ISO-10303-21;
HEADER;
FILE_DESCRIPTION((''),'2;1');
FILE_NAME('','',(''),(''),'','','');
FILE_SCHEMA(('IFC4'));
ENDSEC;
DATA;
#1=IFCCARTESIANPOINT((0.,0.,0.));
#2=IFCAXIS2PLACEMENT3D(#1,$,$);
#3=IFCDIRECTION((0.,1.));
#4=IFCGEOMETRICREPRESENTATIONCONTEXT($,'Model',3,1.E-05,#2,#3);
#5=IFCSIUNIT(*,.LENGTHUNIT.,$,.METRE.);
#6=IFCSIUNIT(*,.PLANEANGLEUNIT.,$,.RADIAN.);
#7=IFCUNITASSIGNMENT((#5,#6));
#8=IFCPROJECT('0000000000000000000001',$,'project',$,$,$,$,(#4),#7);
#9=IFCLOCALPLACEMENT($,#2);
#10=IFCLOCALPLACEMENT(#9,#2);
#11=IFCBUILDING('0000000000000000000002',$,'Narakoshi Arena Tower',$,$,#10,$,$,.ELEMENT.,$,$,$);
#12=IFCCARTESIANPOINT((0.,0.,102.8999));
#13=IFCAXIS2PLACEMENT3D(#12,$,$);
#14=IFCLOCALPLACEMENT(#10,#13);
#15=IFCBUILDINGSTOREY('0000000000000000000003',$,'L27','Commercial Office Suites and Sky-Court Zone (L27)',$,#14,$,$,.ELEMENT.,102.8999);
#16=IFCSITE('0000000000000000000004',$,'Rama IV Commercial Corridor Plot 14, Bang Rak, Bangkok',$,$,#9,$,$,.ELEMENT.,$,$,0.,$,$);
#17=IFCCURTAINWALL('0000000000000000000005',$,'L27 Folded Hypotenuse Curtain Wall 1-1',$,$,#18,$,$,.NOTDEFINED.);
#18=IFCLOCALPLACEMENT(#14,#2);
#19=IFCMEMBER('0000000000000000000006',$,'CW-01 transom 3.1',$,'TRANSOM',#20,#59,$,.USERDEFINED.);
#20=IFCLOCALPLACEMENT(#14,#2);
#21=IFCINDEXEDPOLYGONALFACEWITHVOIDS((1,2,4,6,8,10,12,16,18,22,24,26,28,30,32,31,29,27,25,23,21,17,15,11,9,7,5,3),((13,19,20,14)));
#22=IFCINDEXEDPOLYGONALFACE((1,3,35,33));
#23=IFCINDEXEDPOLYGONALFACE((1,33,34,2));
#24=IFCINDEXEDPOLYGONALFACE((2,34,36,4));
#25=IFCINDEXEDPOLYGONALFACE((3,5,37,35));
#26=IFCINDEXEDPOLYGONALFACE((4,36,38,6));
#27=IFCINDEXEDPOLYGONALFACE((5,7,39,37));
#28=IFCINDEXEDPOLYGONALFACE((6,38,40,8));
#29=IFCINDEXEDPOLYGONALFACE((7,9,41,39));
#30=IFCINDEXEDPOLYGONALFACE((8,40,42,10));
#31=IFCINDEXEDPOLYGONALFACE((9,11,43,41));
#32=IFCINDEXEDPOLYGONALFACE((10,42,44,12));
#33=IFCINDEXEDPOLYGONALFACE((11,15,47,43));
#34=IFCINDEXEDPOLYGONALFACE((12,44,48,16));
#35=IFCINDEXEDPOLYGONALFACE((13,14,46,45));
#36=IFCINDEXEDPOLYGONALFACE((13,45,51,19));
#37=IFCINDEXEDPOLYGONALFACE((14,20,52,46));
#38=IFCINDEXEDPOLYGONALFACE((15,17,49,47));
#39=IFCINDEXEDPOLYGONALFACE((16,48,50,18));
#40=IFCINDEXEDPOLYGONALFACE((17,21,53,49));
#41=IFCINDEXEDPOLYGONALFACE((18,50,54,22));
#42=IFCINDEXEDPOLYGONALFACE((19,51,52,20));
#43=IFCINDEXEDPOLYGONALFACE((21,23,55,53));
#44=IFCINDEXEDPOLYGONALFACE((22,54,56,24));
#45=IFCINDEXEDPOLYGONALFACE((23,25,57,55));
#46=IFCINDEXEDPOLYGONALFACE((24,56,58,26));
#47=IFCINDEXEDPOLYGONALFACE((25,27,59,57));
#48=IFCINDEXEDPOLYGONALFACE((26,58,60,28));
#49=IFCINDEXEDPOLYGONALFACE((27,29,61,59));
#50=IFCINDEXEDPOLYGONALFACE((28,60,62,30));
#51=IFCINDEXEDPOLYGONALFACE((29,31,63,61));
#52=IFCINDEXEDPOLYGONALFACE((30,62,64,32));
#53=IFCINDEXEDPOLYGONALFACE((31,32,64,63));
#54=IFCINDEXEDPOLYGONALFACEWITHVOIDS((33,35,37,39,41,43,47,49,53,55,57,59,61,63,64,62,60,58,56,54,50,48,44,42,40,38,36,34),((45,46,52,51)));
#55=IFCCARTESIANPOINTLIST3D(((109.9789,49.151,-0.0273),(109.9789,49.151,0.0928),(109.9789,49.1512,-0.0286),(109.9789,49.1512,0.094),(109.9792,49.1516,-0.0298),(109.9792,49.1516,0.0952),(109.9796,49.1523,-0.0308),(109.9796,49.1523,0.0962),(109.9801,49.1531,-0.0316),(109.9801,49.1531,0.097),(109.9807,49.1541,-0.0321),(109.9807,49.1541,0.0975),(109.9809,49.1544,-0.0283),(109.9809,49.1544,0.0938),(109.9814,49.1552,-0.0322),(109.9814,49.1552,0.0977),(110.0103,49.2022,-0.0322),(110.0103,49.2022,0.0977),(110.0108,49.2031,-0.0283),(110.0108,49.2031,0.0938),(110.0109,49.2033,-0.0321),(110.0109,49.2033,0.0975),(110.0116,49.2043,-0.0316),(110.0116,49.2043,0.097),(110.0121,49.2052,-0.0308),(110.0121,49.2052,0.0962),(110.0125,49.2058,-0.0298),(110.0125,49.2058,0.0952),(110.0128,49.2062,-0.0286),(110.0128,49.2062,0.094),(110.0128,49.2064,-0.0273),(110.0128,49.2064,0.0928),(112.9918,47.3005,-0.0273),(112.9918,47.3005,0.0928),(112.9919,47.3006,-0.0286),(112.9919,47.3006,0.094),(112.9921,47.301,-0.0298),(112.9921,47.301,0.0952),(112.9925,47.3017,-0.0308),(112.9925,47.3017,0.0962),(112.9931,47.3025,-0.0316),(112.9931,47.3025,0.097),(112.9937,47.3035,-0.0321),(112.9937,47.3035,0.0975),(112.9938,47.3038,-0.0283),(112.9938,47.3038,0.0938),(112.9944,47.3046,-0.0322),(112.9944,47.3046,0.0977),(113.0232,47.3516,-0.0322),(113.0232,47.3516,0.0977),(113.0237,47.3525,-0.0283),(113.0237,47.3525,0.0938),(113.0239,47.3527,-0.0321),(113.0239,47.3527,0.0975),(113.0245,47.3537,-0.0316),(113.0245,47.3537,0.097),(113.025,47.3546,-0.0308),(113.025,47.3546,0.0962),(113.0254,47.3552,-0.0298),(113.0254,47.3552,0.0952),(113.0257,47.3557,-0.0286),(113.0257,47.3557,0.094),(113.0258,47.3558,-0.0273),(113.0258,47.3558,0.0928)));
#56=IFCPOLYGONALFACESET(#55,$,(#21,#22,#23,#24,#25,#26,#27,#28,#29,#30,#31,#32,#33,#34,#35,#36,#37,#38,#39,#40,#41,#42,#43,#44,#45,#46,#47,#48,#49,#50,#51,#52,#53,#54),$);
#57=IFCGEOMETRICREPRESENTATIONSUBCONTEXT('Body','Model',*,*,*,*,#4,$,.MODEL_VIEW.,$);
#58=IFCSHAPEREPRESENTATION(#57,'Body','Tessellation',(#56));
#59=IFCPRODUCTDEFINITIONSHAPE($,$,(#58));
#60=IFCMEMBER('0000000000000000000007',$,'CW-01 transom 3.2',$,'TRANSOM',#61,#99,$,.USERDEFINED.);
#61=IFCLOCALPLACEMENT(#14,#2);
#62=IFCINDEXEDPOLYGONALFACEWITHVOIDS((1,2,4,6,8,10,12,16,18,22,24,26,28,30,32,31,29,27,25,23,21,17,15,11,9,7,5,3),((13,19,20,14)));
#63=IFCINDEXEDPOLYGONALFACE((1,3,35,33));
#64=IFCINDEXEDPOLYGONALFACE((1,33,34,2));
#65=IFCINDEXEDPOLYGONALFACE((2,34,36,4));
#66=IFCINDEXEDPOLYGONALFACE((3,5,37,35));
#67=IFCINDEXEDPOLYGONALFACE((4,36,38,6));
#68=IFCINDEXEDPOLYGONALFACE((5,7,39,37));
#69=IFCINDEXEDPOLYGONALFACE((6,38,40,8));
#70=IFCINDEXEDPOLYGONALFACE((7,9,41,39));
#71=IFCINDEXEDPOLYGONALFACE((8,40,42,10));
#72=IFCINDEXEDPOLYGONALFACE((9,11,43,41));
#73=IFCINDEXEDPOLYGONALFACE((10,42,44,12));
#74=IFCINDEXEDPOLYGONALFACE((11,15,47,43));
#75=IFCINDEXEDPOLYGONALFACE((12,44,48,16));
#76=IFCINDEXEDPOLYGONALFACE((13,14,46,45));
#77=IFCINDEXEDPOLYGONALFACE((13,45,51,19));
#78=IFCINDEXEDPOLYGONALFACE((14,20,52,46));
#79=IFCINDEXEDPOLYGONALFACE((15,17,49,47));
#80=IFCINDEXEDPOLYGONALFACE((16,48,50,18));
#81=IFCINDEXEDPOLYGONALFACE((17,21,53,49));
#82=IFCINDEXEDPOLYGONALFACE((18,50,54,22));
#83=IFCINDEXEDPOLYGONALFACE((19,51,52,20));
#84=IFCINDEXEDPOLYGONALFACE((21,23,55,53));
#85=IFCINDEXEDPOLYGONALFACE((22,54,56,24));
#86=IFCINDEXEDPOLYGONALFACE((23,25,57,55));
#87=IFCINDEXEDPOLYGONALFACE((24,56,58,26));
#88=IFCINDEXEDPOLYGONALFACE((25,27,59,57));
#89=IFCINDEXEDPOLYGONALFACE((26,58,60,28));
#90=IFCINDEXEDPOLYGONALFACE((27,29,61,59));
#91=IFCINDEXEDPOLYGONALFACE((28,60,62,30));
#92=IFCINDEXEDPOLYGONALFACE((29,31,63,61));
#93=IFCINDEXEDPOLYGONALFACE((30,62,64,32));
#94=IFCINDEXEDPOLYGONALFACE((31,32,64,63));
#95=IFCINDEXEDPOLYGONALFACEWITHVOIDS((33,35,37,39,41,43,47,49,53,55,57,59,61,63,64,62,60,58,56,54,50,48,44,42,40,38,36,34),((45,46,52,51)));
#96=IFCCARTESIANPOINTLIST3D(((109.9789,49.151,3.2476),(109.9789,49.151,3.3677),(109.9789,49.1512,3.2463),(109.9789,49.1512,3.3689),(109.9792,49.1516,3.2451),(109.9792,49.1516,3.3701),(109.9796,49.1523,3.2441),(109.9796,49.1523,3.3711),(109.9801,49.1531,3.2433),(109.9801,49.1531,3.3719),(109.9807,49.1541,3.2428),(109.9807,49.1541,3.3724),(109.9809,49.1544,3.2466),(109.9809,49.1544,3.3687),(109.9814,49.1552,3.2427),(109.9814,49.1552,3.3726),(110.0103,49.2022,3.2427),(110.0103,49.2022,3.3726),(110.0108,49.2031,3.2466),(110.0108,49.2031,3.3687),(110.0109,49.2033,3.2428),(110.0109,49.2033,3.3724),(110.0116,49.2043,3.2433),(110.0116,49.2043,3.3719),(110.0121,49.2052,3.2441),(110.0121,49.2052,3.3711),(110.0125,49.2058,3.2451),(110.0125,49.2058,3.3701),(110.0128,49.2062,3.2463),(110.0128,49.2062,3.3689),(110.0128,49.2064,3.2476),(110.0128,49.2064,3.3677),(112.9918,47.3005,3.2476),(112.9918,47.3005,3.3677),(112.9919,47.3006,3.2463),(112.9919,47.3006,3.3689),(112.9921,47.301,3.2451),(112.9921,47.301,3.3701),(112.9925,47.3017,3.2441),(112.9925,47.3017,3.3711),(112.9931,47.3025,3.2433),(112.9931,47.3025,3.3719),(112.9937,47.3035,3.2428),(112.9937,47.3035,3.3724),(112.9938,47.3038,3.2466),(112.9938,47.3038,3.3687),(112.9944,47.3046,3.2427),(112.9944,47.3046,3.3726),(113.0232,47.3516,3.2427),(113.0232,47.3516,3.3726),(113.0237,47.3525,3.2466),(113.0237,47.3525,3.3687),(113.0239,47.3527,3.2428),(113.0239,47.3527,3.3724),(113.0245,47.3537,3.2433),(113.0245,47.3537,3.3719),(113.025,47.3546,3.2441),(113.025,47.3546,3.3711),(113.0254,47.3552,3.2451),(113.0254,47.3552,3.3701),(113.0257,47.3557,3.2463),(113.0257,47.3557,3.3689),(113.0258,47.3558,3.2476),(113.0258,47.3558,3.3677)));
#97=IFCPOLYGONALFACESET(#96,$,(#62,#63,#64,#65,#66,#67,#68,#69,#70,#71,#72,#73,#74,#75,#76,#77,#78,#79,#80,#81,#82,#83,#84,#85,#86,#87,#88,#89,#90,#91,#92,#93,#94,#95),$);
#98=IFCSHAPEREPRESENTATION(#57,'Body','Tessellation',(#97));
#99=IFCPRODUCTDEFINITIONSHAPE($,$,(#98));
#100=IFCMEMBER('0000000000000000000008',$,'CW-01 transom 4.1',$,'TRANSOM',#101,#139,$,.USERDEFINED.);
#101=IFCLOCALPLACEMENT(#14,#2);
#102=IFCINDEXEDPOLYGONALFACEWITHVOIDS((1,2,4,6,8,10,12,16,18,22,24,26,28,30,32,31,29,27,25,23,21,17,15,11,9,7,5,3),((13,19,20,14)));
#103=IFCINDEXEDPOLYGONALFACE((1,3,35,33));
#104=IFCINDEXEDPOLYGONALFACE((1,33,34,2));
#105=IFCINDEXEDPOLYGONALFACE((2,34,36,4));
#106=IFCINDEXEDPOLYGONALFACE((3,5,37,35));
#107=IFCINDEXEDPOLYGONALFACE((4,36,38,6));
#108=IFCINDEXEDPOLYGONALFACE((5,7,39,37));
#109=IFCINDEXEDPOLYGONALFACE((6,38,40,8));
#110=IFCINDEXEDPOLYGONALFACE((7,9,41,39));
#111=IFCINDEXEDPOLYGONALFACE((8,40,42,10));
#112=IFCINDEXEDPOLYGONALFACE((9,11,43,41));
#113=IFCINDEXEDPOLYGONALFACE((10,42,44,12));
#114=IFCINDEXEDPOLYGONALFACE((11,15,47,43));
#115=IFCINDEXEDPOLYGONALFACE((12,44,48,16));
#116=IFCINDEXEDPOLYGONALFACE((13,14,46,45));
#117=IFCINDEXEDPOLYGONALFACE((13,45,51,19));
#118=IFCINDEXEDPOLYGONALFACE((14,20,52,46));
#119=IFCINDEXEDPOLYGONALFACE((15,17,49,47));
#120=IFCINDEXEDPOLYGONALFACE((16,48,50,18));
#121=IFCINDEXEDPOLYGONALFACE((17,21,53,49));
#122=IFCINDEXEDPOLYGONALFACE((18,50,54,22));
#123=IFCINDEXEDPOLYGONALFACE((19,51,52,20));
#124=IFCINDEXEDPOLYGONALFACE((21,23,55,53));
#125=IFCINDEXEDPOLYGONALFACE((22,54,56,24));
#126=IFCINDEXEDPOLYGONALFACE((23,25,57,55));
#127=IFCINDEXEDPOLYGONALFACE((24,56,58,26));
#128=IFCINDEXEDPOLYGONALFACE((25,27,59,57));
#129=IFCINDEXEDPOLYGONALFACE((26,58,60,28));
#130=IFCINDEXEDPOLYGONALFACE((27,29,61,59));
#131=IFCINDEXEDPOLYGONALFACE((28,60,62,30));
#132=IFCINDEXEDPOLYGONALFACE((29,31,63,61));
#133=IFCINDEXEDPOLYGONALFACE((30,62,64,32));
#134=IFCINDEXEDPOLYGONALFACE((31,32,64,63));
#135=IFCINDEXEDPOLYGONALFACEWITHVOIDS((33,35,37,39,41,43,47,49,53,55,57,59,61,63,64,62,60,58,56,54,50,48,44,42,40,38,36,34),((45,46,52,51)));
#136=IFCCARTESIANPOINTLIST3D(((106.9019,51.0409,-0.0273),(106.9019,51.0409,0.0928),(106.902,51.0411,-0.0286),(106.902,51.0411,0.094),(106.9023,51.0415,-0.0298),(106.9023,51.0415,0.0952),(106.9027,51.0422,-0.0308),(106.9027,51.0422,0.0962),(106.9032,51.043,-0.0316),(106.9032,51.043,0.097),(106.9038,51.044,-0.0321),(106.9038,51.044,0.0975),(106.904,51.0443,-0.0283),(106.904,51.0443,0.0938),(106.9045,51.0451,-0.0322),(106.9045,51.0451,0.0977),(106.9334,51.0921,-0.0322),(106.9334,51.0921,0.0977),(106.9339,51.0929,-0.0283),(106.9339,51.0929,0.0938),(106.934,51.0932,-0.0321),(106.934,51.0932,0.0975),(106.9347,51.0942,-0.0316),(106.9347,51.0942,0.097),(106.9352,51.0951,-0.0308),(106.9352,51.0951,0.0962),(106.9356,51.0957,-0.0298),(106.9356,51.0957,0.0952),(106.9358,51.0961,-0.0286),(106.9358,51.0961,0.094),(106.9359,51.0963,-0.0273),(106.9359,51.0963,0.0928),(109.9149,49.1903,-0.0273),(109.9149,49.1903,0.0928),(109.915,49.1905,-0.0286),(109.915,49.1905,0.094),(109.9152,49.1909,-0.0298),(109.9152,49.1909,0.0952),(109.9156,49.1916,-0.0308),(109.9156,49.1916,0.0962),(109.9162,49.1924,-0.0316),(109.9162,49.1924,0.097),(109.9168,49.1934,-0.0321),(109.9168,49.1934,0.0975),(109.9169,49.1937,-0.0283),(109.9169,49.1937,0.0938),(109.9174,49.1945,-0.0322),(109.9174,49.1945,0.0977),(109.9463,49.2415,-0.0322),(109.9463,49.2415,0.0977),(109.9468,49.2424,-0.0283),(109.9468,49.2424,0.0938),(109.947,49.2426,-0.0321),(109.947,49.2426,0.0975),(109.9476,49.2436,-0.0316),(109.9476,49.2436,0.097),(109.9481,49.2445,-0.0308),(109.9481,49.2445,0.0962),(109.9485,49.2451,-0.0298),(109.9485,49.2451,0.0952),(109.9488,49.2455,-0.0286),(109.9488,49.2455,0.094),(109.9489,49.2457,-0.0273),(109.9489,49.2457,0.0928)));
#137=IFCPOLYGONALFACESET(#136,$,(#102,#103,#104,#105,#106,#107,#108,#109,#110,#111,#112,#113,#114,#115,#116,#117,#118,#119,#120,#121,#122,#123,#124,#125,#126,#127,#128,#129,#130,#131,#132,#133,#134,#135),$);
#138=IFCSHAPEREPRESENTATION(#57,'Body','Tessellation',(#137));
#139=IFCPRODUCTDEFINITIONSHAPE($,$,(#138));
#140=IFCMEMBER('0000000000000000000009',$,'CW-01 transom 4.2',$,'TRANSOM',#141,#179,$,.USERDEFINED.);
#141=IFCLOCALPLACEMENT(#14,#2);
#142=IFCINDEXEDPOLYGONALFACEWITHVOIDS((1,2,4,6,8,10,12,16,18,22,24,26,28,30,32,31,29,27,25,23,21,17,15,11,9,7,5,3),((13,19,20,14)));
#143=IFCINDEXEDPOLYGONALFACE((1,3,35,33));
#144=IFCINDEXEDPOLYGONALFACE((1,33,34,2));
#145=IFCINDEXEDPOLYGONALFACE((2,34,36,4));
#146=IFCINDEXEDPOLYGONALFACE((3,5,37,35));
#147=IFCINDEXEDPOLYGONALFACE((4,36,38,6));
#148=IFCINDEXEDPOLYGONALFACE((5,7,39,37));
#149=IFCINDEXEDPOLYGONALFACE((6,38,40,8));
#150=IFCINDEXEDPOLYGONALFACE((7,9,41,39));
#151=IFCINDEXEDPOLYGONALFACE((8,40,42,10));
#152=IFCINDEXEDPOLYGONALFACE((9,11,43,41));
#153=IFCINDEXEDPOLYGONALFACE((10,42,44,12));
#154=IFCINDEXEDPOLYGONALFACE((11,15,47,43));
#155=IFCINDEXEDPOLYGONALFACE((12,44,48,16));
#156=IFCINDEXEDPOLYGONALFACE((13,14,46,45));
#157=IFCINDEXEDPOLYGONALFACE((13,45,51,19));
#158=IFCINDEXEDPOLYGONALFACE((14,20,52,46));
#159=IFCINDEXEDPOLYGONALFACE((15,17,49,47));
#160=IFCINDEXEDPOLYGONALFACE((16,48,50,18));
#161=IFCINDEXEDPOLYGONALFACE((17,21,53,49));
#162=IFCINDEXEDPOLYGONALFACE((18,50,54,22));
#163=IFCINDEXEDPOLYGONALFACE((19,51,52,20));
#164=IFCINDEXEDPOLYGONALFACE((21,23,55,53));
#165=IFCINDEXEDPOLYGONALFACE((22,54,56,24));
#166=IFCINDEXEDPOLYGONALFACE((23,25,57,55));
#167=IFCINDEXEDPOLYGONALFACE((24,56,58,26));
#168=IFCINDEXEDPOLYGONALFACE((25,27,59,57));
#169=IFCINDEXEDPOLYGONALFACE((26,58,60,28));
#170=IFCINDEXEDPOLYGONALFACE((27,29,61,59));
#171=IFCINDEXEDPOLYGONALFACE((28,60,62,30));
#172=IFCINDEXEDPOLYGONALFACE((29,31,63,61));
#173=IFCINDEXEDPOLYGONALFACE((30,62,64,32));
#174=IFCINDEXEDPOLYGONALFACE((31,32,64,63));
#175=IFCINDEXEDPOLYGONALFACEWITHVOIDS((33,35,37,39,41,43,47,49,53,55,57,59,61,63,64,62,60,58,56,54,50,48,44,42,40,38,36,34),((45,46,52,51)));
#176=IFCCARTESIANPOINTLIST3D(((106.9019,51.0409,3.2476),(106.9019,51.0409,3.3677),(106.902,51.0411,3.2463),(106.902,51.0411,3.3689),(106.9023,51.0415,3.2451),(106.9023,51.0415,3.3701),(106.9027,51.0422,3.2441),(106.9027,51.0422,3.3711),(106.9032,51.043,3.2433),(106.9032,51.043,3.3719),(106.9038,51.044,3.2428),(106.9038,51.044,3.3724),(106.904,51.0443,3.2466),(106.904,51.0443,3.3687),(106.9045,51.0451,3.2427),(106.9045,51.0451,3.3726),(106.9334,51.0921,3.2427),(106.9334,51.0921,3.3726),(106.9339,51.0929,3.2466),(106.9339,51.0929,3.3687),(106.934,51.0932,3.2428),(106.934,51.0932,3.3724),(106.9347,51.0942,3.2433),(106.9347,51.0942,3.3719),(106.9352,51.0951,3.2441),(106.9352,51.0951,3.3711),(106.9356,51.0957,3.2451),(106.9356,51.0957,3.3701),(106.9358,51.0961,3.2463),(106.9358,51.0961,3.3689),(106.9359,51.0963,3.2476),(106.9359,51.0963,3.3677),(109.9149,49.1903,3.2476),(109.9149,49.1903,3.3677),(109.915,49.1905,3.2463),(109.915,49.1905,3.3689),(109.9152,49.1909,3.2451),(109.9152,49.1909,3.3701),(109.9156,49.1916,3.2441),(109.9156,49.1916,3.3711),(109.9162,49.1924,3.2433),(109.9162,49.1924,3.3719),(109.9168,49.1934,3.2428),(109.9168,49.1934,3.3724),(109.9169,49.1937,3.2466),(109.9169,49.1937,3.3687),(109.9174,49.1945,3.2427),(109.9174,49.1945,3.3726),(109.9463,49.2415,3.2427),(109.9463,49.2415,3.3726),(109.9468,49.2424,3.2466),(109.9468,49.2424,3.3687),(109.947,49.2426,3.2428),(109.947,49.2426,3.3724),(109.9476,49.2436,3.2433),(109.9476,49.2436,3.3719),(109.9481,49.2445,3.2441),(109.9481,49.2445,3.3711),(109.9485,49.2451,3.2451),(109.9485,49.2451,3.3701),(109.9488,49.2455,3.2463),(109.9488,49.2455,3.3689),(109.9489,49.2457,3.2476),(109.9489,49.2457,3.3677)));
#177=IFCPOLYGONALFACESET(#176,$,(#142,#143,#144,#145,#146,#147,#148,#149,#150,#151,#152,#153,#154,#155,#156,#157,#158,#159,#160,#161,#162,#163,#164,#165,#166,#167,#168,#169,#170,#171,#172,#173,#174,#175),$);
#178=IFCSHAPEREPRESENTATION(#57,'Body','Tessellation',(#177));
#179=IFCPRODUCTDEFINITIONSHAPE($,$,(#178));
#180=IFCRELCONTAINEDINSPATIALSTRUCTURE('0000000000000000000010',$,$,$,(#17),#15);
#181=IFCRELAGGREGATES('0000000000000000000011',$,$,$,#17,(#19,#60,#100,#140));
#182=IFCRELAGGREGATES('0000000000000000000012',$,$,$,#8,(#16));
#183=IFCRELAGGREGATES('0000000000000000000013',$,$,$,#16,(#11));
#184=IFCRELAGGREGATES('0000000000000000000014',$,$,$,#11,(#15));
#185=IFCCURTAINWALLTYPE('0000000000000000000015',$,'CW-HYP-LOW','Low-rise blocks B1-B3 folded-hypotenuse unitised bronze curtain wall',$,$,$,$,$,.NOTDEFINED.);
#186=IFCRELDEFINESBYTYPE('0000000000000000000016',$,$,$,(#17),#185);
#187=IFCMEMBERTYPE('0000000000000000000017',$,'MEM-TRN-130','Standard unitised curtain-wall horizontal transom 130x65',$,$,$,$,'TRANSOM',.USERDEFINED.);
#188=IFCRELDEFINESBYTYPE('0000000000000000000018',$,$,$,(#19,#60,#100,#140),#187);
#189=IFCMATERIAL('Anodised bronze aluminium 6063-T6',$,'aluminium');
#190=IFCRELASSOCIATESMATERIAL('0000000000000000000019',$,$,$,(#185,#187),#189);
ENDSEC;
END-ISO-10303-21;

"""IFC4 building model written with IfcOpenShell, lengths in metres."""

from ifc_helpers import new_model, si_unit, direction, frame, origin, origin_2d, place, context, subcontext, project, spatial, hollow_rectangle, extrude, material, material_profile, profile_set, type_object, element, aggregate, save


model = new_model("IFC4")

# Units and contexts
model_context = context("Model", 3, precision=1e-05, world=origin(), true_north=direction((0.0, 1.0)))
body_context = subcontext(model_context, "Body", "Model", "MODEL_VIEW")
ifc_project = project(units=[si_unit("LENGTHUNIT", "METRE"), si_unit("PLANEANGLEUNIT", "RADIAN")], contexts=[model_context])

# Site, building, storey
site_placement = place(None, origin())
site = spatial("IfcSite", under=ifc_project, at=site_placement, Name="Rama IV Commercial Corridor Plot 14, Bang Rak, Bangkok", CompositionType="ELEMENT", RefElevation=0.0)
building_placement = place(site_placement, origin())
building = spatial("IfcBuilding", under=site, at=building_placement, Name="Narakoshi Arena Tower", CompositionType="ELEMENT")
storey_placement = place(building_placement, frame((0.0, 0.0, 102.8999)))
storey = spatial("IfcBuildingStorey", under=building, at=storey_placement, Name="L27", Description="Commercial Office Suites and Sky-Court Zone (L27)", CompositionType="ELEMENT", Elevation=102.8999)

# Curtain wall, members
ifc_material_1 = material(Name="Anodised bronze aluminium 6063-T6", Category="aluminium")
curtain_wall_type = type_object("IfcCurtainWallType", Name="CW-HYP-LOW", Description="Low-rise blocks B1-B3 folded-hypotenuse unitised bronze curtain wall", PredefinedType="NOTDEFINED", material=ifc_material_1)
curtain_wall_placement = place(storey_placement, origin())
curtain_wall = element("IfcCurtainWall", 1, at=curtain_wall_placement, inside=storey, type_object=curtain_wall_type, Name="L27 Folded Hypotenuse Curtain Wall 1-1", PredefinedType="NOTDEFINED")
ifc_material_profile_1 = material_profile(ifc_material_1, hollow_rectangle(XDim=0.0649, YDim=0.1299, WallThickness=0.0039, OuterFilletRadius=0.0049, at=origin_2d()), Name="TRN130x65x4")
ifc_profile_set_1 = profile_set([ifc_material_profile_1], Name="Anodised bronze aluminium 6063-T6")
member_type_1 = type_object("IfcMemberType", Name="MEM-TRN-130", Description="Standard unitised curtain-wall horizontal transom 130x65", ElementType="TRANSOM", PredefinedType="USERDEFINED", material=ifc_profile_set_1)
member_1_placement = place(storey_placement, frame((113.0088, 47.3281, 0.0327), z_axis=(-0.852104, 0.523373, 0.0), x_axis=(-0.523373, -0.852104, 0.0)))
member_1 = element("IfcMember", 2, at=member_1_placement, type_object=member_type_1, Name="CW-01 transom 3.1", ObjectType="TRANSOM", PredefinedType="USERDEFINED", context=body_context, shape_type="SweptSolid", body=[
    extrude(hollow_rectangle(XDim=0.0649, YDim=0.1299, WallThickness=0.0039, OuterFilletRadius=0.0049, at=origin_2d()), origin(), (0.0, 0.0, 1.0), 3.5359),
])
member_2_placement = place(storey_placement, frame((113.0088, 47.3281, 3.3076), z_axis=(-0.852104, 0.523373, 0.0), x_axis=(-0.523373, -0.852104, 0.0)))
member_2 = element("IfcMember", 3, at=member_2_placement, type_object=member_type_1, Name="CW-01 transom 3.2", ObjectType="TRANSOM", PredefinedType="USERDEFINED", context=body_context, shape_type="SweptSolid", body=[
    extrude(hollow_rectangle(XDim=0.0649, YDim=0.1299, WallThickness=0.0039, OuterFilletRadius=0.0049, at=origin_2d()), origin(), (0.0, 0.0, 1.0), 3.5359),
])
member_3_placement = place(storey_placement, frame((109.9319, 49.218, 0.0327), z_axis=(-0.852104, 0.523373, 0.0), x_axis=(-0.523373, -0.852104, 0.0)))
member_3 = element("IfcMember", 4, at=member_3_placement, type_object=member_type_1, Name="CW-01 transom 4.1", ObjectType="TRANSOM", PredefinedType="USERDEFINED", context=body_context, shape_type="SweptSolid", body=[
    extrude(hollow_rectangle(XDim=0.0649, YDim=0.1299, WallThickness=0.0039, OuterFilletRadius=0.0049, at=origin_2d()), origin(), (0.0, 0.0, 1.0), 3.5359),
])
member_4_placement = place(storey_placement, frame((109.9319, 49.218, 3.3076), z_axis=(-0.852104, 0.523373, 0.0), x_axis=(-0.523373, -0.852104, 0.0)))
member_4 = element("IfcMember", 5, at=member_4_placement, type_object=member_type_1, Name="CW-01 transom 4.2", ObjectType="TRANSOM", PredefinedType="USERDEFINED", context=body_context, shape_type="SweptSolid", body=[
    extrude(hollow_rectangle(XDim=0.0649, YDim=0.1299, WallThickness=0.0039, OuterFilletRadius=0.0049, at=origin_2d()), origin(), (0.0, 0.0, 1.0), 3.5359),
])
aggregate(curtain_wall, [member_1, member_2, member_3, member_4])

save(model, "model.ifc")
